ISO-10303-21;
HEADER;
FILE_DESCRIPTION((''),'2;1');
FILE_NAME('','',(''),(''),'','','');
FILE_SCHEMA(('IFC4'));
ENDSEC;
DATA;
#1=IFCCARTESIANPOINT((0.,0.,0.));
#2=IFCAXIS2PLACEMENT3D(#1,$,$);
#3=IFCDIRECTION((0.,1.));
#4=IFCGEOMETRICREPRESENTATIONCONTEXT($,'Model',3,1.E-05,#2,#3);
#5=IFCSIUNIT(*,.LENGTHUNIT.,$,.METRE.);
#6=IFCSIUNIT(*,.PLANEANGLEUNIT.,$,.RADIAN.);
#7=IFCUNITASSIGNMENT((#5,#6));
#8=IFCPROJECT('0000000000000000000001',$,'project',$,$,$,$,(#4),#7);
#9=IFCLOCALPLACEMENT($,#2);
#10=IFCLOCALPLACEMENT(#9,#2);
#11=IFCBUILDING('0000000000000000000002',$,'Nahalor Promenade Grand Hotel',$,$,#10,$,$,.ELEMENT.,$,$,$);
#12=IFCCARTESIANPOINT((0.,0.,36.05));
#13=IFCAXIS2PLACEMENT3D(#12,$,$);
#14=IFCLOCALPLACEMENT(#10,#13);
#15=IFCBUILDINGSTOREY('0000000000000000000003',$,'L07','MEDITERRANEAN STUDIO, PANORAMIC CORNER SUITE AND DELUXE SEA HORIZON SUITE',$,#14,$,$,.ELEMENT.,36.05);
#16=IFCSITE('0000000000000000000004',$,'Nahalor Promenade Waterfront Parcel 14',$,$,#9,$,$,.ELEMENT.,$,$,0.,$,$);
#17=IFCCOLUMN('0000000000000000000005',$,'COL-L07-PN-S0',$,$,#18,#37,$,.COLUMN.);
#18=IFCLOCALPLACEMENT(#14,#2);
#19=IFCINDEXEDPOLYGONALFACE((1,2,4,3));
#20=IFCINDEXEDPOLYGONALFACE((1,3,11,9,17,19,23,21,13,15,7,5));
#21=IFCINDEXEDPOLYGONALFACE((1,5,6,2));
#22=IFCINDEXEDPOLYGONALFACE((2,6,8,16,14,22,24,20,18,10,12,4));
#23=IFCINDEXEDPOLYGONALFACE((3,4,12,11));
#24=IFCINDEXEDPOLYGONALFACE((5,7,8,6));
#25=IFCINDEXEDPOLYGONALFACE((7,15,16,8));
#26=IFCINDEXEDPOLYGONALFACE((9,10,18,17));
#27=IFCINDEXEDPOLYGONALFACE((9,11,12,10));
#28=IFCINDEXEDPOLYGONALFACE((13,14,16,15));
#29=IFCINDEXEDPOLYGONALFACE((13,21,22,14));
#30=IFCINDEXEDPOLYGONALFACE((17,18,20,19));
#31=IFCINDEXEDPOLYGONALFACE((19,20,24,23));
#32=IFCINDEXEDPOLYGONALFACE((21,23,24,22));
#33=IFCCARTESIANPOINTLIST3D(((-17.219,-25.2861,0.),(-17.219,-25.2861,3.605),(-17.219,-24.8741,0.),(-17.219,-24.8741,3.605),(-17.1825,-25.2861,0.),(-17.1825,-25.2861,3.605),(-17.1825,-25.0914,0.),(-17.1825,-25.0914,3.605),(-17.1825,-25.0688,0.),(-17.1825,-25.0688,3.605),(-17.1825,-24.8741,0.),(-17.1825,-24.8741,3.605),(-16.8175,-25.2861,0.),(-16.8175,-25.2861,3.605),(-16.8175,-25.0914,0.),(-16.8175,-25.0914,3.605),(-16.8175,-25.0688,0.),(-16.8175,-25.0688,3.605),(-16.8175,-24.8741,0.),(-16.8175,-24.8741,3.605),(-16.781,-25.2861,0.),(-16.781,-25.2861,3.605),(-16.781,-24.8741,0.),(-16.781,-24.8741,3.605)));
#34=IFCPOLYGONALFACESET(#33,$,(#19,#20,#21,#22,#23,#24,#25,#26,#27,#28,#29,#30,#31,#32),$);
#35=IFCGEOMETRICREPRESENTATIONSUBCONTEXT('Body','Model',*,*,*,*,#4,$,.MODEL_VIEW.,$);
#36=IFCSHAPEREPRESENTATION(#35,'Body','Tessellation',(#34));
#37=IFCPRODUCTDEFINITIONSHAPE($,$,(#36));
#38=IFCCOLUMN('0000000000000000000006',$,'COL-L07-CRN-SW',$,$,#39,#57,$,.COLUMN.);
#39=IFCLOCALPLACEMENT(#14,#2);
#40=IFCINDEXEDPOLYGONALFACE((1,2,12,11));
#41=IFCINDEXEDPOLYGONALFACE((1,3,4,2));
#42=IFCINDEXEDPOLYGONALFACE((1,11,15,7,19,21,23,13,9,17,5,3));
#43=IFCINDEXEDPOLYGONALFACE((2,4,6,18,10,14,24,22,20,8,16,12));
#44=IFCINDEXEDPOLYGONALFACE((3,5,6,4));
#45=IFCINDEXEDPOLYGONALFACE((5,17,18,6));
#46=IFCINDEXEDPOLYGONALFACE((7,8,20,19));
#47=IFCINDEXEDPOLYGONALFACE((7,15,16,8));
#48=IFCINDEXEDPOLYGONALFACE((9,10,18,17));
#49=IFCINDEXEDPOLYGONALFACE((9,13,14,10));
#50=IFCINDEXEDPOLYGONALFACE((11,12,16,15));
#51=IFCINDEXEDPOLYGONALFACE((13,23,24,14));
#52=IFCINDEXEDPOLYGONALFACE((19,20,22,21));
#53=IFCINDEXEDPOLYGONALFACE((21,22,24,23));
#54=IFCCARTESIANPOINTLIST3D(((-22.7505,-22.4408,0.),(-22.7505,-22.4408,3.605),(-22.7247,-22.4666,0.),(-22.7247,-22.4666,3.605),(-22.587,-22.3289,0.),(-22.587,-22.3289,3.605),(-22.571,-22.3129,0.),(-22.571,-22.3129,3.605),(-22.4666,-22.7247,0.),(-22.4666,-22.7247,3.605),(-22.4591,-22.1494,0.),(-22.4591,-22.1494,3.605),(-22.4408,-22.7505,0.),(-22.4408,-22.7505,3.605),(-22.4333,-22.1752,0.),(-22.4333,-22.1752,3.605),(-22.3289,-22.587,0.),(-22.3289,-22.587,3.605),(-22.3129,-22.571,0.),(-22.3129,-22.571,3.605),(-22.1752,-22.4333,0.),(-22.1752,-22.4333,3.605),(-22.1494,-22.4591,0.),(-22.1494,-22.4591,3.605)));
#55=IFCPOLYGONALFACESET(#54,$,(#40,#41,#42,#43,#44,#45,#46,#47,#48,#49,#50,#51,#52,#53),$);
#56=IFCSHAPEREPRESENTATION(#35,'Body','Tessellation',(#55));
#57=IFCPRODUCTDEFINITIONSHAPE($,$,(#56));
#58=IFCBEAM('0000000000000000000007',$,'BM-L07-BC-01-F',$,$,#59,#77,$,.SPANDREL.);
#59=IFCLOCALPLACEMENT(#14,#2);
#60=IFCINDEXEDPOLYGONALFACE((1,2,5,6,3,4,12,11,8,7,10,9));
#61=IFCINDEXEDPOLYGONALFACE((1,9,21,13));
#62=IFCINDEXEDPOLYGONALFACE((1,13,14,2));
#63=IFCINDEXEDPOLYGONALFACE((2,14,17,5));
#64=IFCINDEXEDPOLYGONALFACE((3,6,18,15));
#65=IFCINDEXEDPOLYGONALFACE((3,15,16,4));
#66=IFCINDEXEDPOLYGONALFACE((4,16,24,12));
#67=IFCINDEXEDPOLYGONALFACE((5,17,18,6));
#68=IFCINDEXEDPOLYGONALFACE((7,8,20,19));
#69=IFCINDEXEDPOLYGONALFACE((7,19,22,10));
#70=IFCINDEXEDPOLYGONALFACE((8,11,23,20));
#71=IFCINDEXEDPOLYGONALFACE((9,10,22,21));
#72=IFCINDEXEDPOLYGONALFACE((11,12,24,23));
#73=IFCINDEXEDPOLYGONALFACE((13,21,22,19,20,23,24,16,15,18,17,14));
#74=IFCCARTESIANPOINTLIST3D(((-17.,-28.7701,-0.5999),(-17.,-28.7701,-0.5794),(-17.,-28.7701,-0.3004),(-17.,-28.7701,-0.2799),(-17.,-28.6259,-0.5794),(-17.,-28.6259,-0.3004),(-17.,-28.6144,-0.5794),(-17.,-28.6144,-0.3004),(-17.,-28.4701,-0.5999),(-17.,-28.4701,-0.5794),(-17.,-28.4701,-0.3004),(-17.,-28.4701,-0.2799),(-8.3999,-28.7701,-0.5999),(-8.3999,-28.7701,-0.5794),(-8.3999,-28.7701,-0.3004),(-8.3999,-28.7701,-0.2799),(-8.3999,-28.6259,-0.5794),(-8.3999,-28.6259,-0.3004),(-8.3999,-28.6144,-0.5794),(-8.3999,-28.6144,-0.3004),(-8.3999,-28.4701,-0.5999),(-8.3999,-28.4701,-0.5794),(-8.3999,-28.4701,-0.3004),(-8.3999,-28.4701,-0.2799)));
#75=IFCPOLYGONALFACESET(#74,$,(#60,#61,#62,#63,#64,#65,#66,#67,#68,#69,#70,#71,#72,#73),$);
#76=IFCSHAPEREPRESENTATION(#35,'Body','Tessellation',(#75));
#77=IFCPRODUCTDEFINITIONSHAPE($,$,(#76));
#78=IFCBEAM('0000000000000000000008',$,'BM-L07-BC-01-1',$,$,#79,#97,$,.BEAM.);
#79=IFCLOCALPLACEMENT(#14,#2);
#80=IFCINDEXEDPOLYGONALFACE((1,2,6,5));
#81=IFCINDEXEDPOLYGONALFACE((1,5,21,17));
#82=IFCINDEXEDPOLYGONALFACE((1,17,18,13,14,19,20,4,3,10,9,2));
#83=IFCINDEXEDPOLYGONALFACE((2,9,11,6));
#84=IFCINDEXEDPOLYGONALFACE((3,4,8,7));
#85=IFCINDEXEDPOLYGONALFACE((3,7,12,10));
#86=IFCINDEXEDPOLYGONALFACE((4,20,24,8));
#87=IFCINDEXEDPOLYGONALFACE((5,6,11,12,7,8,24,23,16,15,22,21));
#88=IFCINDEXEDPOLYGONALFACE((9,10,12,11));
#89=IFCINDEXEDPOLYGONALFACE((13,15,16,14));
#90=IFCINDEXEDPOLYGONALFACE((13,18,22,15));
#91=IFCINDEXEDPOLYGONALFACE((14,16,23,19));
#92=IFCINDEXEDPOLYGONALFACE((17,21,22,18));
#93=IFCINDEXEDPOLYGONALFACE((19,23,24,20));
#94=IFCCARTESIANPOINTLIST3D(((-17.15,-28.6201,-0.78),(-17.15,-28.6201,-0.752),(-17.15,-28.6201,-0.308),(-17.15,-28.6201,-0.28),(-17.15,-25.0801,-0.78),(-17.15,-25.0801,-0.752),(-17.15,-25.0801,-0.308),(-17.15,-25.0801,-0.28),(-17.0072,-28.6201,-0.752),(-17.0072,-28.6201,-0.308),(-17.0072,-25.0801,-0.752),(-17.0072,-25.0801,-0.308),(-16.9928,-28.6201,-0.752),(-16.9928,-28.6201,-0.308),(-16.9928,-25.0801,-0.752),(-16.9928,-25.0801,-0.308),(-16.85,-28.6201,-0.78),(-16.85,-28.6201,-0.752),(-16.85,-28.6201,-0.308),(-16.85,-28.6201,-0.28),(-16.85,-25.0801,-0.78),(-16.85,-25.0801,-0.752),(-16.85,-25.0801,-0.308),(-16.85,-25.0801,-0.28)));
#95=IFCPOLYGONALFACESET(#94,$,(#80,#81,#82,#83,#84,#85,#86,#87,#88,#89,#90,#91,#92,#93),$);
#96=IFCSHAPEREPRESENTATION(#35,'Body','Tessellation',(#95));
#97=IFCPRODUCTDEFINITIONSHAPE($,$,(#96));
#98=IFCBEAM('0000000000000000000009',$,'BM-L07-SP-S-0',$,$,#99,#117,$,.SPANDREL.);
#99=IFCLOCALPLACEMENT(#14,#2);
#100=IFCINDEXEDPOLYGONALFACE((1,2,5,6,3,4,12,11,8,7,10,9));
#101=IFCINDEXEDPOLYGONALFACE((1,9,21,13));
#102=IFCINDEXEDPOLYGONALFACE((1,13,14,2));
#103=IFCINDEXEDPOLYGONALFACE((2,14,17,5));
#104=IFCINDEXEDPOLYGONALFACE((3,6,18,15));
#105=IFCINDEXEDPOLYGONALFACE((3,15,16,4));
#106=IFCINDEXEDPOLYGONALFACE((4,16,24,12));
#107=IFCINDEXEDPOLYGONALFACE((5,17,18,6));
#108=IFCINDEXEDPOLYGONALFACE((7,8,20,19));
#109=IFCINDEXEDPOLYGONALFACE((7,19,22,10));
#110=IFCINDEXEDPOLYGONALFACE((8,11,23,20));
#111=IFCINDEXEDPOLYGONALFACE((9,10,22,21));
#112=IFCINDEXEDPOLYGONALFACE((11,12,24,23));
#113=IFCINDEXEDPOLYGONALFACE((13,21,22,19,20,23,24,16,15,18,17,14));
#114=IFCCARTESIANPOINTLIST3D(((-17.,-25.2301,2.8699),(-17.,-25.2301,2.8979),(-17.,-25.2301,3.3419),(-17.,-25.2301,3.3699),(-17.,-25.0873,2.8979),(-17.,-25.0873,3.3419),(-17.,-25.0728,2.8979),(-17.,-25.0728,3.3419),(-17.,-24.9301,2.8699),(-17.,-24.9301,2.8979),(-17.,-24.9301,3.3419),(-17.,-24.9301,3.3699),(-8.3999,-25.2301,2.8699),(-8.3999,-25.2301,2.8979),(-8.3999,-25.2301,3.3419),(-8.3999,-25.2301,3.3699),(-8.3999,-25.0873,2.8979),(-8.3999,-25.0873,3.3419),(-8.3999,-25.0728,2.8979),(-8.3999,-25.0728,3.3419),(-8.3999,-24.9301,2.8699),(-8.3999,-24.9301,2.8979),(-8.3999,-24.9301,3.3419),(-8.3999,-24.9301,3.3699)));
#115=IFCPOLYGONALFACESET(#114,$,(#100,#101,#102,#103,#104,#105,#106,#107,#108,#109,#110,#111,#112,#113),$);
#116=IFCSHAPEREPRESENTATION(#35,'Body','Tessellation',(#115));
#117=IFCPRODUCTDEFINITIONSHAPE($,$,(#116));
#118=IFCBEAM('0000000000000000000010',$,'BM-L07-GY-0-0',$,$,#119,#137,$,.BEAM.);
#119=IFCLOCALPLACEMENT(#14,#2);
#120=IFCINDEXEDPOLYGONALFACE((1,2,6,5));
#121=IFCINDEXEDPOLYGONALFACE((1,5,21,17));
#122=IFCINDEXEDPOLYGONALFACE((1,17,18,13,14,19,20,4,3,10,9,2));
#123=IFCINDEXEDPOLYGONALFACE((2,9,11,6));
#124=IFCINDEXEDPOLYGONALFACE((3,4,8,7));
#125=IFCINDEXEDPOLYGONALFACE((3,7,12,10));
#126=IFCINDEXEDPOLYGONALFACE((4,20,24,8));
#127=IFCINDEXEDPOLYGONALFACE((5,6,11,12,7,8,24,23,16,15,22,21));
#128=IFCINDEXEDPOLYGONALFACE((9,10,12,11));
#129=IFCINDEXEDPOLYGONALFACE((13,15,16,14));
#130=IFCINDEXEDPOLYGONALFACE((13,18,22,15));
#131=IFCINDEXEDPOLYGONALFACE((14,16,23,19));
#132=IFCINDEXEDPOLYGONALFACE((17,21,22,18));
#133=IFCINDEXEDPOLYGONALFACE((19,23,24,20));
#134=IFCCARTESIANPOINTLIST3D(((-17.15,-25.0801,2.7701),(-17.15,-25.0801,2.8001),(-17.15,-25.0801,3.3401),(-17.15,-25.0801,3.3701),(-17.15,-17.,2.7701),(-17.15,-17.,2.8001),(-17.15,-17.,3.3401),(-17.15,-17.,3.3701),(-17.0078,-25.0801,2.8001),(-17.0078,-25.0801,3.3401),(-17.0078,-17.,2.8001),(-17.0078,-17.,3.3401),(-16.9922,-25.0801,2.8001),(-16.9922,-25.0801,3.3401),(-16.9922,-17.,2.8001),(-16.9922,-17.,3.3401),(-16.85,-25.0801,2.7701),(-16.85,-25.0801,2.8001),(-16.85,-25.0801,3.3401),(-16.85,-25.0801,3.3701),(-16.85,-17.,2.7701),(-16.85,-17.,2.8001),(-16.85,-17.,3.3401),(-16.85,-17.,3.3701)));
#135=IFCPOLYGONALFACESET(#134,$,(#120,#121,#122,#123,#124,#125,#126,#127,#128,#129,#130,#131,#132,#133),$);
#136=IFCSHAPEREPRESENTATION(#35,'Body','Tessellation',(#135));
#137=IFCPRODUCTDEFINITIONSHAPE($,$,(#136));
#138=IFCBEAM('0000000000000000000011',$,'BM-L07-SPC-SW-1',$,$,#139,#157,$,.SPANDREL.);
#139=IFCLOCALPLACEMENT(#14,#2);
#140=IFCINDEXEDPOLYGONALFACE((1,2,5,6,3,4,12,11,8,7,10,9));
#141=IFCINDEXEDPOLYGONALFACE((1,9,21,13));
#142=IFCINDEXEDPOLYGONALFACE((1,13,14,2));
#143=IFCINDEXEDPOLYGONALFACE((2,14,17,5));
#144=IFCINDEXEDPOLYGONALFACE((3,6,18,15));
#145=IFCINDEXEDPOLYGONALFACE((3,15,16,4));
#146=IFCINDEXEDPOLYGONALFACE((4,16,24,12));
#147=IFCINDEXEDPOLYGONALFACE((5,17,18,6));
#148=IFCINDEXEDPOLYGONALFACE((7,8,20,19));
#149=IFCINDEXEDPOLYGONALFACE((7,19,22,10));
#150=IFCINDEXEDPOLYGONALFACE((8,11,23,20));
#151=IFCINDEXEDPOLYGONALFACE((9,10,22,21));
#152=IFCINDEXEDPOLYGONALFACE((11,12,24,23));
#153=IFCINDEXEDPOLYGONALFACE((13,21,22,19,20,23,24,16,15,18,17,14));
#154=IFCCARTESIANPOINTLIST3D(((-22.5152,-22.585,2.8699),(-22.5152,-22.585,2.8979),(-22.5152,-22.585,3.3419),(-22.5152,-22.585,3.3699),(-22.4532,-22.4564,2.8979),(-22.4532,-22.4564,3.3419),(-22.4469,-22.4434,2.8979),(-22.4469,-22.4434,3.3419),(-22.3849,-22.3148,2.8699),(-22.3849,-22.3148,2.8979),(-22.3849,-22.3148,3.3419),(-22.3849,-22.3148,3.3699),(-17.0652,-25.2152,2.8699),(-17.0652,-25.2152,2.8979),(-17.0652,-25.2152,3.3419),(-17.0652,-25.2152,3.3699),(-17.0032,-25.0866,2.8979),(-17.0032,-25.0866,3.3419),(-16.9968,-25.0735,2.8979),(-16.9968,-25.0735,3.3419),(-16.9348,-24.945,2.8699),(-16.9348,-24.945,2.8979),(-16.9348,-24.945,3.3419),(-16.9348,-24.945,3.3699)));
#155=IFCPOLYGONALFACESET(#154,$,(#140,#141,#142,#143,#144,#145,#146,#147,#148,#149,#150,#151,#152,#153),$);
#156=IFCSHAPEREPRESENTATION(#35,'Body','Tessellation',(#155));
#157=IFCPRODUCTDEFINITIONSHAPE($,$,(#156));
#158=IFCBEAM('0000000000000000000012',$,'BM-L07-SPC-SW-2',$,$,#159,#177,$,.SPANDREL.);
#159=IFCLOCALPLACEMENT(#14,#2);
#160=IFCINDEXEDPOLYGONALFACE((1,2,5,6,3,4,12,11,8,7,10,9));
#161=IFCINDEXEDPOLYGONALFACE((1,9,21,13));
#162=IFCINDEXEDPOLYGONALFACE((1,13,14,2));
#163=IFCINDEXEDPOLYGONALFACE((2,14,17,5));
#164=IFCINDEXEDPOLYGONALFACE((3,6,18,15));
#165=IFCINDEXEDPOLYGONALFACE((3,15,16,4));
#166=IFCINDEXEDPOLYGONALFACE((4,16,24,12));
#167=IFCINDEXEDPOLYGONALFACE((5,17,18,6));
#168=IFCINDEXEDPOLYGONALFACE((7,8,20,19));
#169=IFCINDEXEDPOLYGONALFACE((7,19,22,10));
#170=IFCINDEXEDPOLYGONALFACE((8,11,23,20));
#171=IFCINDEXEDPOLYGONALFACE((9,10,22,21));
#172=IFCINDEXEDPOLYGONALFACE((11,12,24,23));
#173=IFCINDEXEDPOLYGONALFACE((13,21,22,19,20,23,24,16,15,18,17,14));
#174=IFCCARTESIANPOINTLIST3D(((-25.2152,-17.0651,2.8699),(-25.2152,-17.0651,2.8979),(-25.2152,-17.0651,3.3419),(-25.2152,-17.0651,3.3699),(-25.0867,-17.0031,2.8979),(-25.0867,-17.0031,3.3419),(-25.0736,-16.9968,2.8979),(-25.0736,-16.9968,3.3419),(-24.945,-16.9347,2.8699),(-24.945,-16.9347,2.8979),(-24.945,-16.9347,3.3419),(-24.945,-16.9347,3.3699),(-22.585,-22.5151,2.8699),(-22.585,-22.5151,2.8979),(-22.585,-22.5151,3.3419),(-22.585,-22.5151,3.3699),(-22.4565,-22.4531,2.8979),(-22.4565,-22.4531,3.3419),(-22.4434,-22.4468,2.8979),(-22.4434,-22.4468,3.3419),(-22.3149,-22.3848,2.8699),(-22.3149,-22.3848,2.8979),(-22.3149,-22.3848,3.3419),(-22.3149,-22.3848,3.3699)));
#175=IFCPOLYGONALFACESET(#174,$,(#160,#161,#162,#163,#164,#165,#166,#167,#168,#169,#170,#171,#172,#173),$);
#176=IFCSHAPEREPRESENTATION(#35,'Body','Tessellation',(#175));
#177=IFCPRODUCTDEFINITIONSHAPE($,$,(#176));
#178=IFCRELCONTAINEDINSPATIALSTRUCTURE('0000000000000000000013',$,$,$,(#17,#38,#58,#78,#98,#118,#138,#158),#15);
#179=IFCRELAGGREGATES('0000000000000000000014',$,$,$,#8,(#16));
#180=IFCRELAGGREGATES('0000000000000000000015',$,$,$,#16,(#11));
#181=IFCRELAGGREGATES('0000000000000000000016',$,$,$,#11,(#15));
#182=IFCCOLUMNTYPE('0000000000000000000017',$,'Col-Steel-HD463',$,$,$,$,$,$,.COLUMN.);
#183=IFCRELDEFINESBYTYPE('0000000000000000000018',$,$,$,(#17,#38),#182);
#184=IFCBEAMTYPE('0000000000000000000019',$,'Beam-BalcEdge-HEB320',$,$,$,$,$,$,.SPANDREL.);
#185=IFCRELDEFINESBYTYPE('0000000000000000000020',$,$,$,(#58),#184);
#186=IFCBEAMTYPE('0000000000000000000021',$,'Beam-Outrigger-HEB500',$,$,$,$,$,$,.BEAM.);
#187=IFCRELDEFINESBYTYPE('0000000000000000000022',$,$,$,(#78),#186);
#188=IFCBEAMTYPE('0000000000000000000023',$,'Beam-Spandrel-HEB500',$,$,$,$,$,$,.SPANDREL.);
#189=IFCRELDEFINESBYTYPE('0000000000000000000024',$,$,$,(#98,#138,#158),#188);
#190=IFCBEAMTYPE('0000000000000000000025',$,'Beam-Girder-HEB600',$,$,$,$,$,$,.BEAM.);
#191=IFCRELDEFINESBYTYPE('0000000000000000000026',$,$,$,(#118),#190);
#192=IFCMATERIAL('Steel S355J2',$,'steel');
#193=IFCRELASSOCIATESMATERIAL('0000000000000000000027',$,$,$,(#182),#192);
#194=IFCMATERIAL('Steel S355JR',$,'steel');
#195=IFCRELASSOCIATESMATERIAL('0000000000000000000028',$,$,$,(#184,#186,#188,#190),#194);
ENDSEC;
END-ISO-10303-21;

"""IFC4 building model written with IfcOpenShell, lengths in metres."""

from ifc_helpers import new_model, si_unit, direction, frame, origin, origin_2d, place, context, subcontext, project, spatial, i_section, extrude, source, transform, mapped, material, material_profile, profile_set, type_object, element, save


model = new_model("IFC4")

# Units and contexts
model_context = context("Model", 3, precision=1e-05, world=origin(), true_north=direction((0.0, 1.0)))
body_context = subcontext(model_context, "Body", "Model", "MODEL_VIEW")
ifc_project = project(units=[si_unit("LENGTHUNIT", "METRE"), si_unit("PLANEANGLEUNIT", "RADIAN")], contexts=[model_context])

# Site, building, storey
site_placement = place(None, origin())
site = spatial("IfcSite", under=ifc_project, at=site_placement, Name="Nahalor Promenade Waterfront Parcel 14", CompositionType="ELEMENT", RefElevation=0.0)
building_placement = place(site_placement, origin())
building = spatial("IfcBuilding", under=site, at=building_placement, Name="Nahalor Promenade Grand Hotel", CompositionType="ELEMENT")
storey_placement = place(building_placement, frame((0.0, 0.0, 36.05)))
storey = spatial("IfcBuildingStorey", under=building, at=storey_placement, Name="L07", Description="MEDITERRANEAN STUDIO, PANORAMIC CORNER SUITE AND DELUXE SEA HORIZON SUITE", CompositionType="ELEMENT", Elevation=36.05)

# Columns
ifc_material_1 = material(Name="Steel S355J2", Category="steel")
ifc_material_profile_1 = material_profile(ifc_material_1, i_section(OverallWidth=0.412, OverallDepth=0.438, WebThickness=0.0226, FlangeThickness=0.0365, at=origin_2d()), Name="HD 400x463")
ifc_profile_set_1 = profile_set([ifc_material_profile_1], Name="Steel S355J2")
column_type = type_object("IfcColumnType", Name="Col-Steel-HD463", PredefinedType="COLUMN", material=ifc_profile_set_1)
shared_shape_1 = source(origin(), body_context, "Body", "SweptSolid", [
    extrude(i_section(OverallWidth=0.412, OverallDepth=0.438, WebThickness=0.0226, FlangeThickness=0.0365, at=origin_2d()), origin(), (0.0, 0.0, 1.0), 3.605),
])
for number, where, z_axis, x_axis, name in (
    (1, (-17.0, -25.0801, 0.0), (0.0, 0.0, 1.0), (0.0, 1.0, 0.0), "COL-L07-PN-S0"),
    (2, (-22.45, -22.45, 0.0), (0.0, 0.0, 1.0), (0.707107, 0.707107, 0.0), "COL-L07-CRN-SW"),
):
    element("IfcColumn", number, at=place(storey_placement, frame(where, z_axis=z_axis, x_axis=x_axis)), inside=storey, type_object=column_type, Name=name, PredefinedType="COLUMN", context=body_context, shape_type="MappedRepresentation", body=[
        mapped(shared_shape_1, transform((0.0, 0.0, 0.0), scale=1.0)),
    ])

# Beams
ifc_material_2 = material(Name="Steel S355JR", Category="steel")
ifc_material_profile_2 = material_profile(ifc_material_2, i_section(OverallWidth=0.3, OverallDepth=0.32, WebThickness=0.0115, FlangeThickness=0.0205, at=origin_2d()), Name="HEB 320")
ifc_profile_set_2 = profile_set([ifc_material_profile_2], Name="Steel S355JR")
beam_type_1 = type_object("IfcBeamType", Name="Beam-BalcEdge-HEB320", PredefinedType="SPANDREL", material=ifc_profile_set_2)
shared_shape_2 = source(origin(), body_context, "Body", "SweptSolid", [
    extrude(i_section(OverallWidth=0.3, OverallDepth=0.32, WebThickness=0.0115, FlangeThickness=0.0205, at=origin_2d()), origin(), (0.0, 0.0, 1.0), 8.6001),
])
beam_1_placement = place(storey_placement, frame((-17.0, -28.6201, -0.4399), z_axis=(1.0, 0.0, 0.0), x_axis=(0.0, 1.0, 0.0)))
element("IfcBeam", 3, at=beam_1_placement, inside=storey, type_object=beam_type_1, Name="BM-L07-BC-01-F", PredefinedType="SPANDREL", context=body_context, shape_type="MappedRepresentation", body=[
    mapped(shared_shape_2, transform((0.0, 0.0, 0.0), scale=1.0)),
])
ifc_material_profile_3 = material_profile(ifc_material_2, i_section(OverallWidth=0.3, OverallDepth=0.5, WebThickness=0.0145, FlangeThickness=0.028, at=origin_2d()), Name="HEB 500")
ifc_profile_set_3 = profile_set([ifc_material_profile_3], Name="Steel S355JR")
beam_type_2 = type_object("IfcBeamType", Name="Beam-Outrigger-HEB500", PredefinedType="BEAM", material=ifc_profile_set_3)
shared_shape_3 = source(origin(), body_context, "Body", "SweptSolid", [
    extrude(i_section(OverallWidth=0.3, OverallDepth=0.5, WebThickness=0.0145, FlangeThickness=0.028, at=origin_2d()), origin(), (0.0, 0.0, 1.0), 3.54),
])
beam_2_placement = place(storey_placement, frame((-17.0, -28.6201, -0.53), z_axis=(0.0, 1.0, 0.0), x_axis=(-1.0, 0.0, 0.0)))
element("IfcBeam", 4, at=beam_2_placement, inside=storey, type_object=beam_type_2, Name="BM-L07-BC-01-1", PredefinedType="BEAM", context=body_context, shape_type="MappedRepresentation", body=[
    mapped(shared_shape_3, transform((0.0, 0.0, 0.0), scale=1.0)),
])
ifc_material_profile_4 = material_profile(ifc_material_2, i_section(OverallWidth=0.3, OverallDepth=0.5, WebThickness=0.0145, FlangeThickness=0.028, at=origin_2d()), Name="HEB 500")
ifc_profile_set_4 = profile_set([ifc_material_profile_4], Name="Steel S355JR")
beam_type_3 = type_object("IfcBeamType", Name="Beam-Spandrel-HEB500", PredefinedType="SPANDREL", material=ifc_profile_set_4)
shared_shape_4 = source(origin(), body_context, "Body", "SweptSolid", [
    extrude(i_section(OverallWidth=0.3, OverallDepth=0.5, WebThickness=0.0145, FlangeThickness=0.028, at=origin_2d()), origin(), (0.0, 0.0, 1.0), 8.6001),
])
beam_3_placement = place(storey_placement, frame((-17.0, -25.0801, 3.1199), z_axis=(1.0, 0.0, 0.0), x_axis=(0.0, 1.0, 0.0)))
element("IfcBeam", 5, at=beam_3_placement, inside=storey, type_object=beam_type_3, Name="BM-L07-SP-S-0", PredefinedType="SPANDREL", context=body_context, shape_type="MappedRepresentation", body=[
    mapped(shared_shape_4, transform((0.0, 0.0, 0.0), scale=1.0)),
])
ifc_material_profile_5 = material_profile(ifc_material_2, i_section(OverallWidth=0.3, OverallDepth=0.6, WebThickness=0.0155, FlangeThickness=0.03, at=origin_2d()), Name="HEB 600")
ifc_profile_set_5 = profile_set([ifc_material_profile_5], Name="Steel S355JR")
beam_type_4 = type_object("IfcBeamType", Name="Beam-Girder-HEB600", PredefinedType="BEAM", material=ifc_profile_set_5)
shared_shape_5 = source(origin(), body_context, "Body", "SweptSolid", [
    extrude(i_section(OverallWidth=0.3, OverallDepth=0.6, WebThickness=0.0155, FlangeThickness=0.03, at=origin_2d()), origin(), (0.0, 0.0, 1.0), 8.0801),
])
beam_4_placement = place(storey_placement, frame((-17.0, -25.0801, 3.0701), z_axis=(0.0, 1.0, 0.0), x_axis=(-1.0, 0.0, 0.0)))
element("IfcBeam", 6, at=beam_4_placement, inside=storey, type_object=beam_type_4, Name="BM-L07-GY-0-0", PredefinedType="BEAM", context=body_context, shape_type="MappedRepresentation", body=[
    mapped(shared_shape_5, transform((0.0, 0.0, 0.0), scale=1.0)),
])
shared_shape_6 = source(origin(), body_context, "Body", "SweptSolid", [
    extrude(i_section(OverallWidth=0.3, OverallDepth=0.5, WebThickness=0.0145, FlangeThickness=0.028, at=origin_2d()), origin(), (0.0, 0.0, 1.0), 6.0515),
])
for number, where, z_axis, x_axis, name in (
    (7, (-17.0, -25.0801, 3.1199), (-0.900609, 0.434631, 0.0), (-0.434631, -0.900609, 0.0), "BM-L07-SPC-SW-1"),
    (8, (-22.45, -22.45, 3.1199), (-0.434631, 0.900609, 0.0), (-0.900609, -0.434631, 0.0), "BM-L07-SPC-SW-2"),
):
    element("IfcBeam", number, at=place(storey_placement, frame(where, z_axis=z_axis, x_axis=x_axis)), inside=storey, type_object=beam_type_3, Name=name, PredefinedType="SPANDREL", context=body_context, shape_type="MappedRepresentation", body=[
        mapped(shared_shape_6, transform((0.0, 0.0, 0.0), scale=1.0)),
    ])

save(model, "model.ifc")
